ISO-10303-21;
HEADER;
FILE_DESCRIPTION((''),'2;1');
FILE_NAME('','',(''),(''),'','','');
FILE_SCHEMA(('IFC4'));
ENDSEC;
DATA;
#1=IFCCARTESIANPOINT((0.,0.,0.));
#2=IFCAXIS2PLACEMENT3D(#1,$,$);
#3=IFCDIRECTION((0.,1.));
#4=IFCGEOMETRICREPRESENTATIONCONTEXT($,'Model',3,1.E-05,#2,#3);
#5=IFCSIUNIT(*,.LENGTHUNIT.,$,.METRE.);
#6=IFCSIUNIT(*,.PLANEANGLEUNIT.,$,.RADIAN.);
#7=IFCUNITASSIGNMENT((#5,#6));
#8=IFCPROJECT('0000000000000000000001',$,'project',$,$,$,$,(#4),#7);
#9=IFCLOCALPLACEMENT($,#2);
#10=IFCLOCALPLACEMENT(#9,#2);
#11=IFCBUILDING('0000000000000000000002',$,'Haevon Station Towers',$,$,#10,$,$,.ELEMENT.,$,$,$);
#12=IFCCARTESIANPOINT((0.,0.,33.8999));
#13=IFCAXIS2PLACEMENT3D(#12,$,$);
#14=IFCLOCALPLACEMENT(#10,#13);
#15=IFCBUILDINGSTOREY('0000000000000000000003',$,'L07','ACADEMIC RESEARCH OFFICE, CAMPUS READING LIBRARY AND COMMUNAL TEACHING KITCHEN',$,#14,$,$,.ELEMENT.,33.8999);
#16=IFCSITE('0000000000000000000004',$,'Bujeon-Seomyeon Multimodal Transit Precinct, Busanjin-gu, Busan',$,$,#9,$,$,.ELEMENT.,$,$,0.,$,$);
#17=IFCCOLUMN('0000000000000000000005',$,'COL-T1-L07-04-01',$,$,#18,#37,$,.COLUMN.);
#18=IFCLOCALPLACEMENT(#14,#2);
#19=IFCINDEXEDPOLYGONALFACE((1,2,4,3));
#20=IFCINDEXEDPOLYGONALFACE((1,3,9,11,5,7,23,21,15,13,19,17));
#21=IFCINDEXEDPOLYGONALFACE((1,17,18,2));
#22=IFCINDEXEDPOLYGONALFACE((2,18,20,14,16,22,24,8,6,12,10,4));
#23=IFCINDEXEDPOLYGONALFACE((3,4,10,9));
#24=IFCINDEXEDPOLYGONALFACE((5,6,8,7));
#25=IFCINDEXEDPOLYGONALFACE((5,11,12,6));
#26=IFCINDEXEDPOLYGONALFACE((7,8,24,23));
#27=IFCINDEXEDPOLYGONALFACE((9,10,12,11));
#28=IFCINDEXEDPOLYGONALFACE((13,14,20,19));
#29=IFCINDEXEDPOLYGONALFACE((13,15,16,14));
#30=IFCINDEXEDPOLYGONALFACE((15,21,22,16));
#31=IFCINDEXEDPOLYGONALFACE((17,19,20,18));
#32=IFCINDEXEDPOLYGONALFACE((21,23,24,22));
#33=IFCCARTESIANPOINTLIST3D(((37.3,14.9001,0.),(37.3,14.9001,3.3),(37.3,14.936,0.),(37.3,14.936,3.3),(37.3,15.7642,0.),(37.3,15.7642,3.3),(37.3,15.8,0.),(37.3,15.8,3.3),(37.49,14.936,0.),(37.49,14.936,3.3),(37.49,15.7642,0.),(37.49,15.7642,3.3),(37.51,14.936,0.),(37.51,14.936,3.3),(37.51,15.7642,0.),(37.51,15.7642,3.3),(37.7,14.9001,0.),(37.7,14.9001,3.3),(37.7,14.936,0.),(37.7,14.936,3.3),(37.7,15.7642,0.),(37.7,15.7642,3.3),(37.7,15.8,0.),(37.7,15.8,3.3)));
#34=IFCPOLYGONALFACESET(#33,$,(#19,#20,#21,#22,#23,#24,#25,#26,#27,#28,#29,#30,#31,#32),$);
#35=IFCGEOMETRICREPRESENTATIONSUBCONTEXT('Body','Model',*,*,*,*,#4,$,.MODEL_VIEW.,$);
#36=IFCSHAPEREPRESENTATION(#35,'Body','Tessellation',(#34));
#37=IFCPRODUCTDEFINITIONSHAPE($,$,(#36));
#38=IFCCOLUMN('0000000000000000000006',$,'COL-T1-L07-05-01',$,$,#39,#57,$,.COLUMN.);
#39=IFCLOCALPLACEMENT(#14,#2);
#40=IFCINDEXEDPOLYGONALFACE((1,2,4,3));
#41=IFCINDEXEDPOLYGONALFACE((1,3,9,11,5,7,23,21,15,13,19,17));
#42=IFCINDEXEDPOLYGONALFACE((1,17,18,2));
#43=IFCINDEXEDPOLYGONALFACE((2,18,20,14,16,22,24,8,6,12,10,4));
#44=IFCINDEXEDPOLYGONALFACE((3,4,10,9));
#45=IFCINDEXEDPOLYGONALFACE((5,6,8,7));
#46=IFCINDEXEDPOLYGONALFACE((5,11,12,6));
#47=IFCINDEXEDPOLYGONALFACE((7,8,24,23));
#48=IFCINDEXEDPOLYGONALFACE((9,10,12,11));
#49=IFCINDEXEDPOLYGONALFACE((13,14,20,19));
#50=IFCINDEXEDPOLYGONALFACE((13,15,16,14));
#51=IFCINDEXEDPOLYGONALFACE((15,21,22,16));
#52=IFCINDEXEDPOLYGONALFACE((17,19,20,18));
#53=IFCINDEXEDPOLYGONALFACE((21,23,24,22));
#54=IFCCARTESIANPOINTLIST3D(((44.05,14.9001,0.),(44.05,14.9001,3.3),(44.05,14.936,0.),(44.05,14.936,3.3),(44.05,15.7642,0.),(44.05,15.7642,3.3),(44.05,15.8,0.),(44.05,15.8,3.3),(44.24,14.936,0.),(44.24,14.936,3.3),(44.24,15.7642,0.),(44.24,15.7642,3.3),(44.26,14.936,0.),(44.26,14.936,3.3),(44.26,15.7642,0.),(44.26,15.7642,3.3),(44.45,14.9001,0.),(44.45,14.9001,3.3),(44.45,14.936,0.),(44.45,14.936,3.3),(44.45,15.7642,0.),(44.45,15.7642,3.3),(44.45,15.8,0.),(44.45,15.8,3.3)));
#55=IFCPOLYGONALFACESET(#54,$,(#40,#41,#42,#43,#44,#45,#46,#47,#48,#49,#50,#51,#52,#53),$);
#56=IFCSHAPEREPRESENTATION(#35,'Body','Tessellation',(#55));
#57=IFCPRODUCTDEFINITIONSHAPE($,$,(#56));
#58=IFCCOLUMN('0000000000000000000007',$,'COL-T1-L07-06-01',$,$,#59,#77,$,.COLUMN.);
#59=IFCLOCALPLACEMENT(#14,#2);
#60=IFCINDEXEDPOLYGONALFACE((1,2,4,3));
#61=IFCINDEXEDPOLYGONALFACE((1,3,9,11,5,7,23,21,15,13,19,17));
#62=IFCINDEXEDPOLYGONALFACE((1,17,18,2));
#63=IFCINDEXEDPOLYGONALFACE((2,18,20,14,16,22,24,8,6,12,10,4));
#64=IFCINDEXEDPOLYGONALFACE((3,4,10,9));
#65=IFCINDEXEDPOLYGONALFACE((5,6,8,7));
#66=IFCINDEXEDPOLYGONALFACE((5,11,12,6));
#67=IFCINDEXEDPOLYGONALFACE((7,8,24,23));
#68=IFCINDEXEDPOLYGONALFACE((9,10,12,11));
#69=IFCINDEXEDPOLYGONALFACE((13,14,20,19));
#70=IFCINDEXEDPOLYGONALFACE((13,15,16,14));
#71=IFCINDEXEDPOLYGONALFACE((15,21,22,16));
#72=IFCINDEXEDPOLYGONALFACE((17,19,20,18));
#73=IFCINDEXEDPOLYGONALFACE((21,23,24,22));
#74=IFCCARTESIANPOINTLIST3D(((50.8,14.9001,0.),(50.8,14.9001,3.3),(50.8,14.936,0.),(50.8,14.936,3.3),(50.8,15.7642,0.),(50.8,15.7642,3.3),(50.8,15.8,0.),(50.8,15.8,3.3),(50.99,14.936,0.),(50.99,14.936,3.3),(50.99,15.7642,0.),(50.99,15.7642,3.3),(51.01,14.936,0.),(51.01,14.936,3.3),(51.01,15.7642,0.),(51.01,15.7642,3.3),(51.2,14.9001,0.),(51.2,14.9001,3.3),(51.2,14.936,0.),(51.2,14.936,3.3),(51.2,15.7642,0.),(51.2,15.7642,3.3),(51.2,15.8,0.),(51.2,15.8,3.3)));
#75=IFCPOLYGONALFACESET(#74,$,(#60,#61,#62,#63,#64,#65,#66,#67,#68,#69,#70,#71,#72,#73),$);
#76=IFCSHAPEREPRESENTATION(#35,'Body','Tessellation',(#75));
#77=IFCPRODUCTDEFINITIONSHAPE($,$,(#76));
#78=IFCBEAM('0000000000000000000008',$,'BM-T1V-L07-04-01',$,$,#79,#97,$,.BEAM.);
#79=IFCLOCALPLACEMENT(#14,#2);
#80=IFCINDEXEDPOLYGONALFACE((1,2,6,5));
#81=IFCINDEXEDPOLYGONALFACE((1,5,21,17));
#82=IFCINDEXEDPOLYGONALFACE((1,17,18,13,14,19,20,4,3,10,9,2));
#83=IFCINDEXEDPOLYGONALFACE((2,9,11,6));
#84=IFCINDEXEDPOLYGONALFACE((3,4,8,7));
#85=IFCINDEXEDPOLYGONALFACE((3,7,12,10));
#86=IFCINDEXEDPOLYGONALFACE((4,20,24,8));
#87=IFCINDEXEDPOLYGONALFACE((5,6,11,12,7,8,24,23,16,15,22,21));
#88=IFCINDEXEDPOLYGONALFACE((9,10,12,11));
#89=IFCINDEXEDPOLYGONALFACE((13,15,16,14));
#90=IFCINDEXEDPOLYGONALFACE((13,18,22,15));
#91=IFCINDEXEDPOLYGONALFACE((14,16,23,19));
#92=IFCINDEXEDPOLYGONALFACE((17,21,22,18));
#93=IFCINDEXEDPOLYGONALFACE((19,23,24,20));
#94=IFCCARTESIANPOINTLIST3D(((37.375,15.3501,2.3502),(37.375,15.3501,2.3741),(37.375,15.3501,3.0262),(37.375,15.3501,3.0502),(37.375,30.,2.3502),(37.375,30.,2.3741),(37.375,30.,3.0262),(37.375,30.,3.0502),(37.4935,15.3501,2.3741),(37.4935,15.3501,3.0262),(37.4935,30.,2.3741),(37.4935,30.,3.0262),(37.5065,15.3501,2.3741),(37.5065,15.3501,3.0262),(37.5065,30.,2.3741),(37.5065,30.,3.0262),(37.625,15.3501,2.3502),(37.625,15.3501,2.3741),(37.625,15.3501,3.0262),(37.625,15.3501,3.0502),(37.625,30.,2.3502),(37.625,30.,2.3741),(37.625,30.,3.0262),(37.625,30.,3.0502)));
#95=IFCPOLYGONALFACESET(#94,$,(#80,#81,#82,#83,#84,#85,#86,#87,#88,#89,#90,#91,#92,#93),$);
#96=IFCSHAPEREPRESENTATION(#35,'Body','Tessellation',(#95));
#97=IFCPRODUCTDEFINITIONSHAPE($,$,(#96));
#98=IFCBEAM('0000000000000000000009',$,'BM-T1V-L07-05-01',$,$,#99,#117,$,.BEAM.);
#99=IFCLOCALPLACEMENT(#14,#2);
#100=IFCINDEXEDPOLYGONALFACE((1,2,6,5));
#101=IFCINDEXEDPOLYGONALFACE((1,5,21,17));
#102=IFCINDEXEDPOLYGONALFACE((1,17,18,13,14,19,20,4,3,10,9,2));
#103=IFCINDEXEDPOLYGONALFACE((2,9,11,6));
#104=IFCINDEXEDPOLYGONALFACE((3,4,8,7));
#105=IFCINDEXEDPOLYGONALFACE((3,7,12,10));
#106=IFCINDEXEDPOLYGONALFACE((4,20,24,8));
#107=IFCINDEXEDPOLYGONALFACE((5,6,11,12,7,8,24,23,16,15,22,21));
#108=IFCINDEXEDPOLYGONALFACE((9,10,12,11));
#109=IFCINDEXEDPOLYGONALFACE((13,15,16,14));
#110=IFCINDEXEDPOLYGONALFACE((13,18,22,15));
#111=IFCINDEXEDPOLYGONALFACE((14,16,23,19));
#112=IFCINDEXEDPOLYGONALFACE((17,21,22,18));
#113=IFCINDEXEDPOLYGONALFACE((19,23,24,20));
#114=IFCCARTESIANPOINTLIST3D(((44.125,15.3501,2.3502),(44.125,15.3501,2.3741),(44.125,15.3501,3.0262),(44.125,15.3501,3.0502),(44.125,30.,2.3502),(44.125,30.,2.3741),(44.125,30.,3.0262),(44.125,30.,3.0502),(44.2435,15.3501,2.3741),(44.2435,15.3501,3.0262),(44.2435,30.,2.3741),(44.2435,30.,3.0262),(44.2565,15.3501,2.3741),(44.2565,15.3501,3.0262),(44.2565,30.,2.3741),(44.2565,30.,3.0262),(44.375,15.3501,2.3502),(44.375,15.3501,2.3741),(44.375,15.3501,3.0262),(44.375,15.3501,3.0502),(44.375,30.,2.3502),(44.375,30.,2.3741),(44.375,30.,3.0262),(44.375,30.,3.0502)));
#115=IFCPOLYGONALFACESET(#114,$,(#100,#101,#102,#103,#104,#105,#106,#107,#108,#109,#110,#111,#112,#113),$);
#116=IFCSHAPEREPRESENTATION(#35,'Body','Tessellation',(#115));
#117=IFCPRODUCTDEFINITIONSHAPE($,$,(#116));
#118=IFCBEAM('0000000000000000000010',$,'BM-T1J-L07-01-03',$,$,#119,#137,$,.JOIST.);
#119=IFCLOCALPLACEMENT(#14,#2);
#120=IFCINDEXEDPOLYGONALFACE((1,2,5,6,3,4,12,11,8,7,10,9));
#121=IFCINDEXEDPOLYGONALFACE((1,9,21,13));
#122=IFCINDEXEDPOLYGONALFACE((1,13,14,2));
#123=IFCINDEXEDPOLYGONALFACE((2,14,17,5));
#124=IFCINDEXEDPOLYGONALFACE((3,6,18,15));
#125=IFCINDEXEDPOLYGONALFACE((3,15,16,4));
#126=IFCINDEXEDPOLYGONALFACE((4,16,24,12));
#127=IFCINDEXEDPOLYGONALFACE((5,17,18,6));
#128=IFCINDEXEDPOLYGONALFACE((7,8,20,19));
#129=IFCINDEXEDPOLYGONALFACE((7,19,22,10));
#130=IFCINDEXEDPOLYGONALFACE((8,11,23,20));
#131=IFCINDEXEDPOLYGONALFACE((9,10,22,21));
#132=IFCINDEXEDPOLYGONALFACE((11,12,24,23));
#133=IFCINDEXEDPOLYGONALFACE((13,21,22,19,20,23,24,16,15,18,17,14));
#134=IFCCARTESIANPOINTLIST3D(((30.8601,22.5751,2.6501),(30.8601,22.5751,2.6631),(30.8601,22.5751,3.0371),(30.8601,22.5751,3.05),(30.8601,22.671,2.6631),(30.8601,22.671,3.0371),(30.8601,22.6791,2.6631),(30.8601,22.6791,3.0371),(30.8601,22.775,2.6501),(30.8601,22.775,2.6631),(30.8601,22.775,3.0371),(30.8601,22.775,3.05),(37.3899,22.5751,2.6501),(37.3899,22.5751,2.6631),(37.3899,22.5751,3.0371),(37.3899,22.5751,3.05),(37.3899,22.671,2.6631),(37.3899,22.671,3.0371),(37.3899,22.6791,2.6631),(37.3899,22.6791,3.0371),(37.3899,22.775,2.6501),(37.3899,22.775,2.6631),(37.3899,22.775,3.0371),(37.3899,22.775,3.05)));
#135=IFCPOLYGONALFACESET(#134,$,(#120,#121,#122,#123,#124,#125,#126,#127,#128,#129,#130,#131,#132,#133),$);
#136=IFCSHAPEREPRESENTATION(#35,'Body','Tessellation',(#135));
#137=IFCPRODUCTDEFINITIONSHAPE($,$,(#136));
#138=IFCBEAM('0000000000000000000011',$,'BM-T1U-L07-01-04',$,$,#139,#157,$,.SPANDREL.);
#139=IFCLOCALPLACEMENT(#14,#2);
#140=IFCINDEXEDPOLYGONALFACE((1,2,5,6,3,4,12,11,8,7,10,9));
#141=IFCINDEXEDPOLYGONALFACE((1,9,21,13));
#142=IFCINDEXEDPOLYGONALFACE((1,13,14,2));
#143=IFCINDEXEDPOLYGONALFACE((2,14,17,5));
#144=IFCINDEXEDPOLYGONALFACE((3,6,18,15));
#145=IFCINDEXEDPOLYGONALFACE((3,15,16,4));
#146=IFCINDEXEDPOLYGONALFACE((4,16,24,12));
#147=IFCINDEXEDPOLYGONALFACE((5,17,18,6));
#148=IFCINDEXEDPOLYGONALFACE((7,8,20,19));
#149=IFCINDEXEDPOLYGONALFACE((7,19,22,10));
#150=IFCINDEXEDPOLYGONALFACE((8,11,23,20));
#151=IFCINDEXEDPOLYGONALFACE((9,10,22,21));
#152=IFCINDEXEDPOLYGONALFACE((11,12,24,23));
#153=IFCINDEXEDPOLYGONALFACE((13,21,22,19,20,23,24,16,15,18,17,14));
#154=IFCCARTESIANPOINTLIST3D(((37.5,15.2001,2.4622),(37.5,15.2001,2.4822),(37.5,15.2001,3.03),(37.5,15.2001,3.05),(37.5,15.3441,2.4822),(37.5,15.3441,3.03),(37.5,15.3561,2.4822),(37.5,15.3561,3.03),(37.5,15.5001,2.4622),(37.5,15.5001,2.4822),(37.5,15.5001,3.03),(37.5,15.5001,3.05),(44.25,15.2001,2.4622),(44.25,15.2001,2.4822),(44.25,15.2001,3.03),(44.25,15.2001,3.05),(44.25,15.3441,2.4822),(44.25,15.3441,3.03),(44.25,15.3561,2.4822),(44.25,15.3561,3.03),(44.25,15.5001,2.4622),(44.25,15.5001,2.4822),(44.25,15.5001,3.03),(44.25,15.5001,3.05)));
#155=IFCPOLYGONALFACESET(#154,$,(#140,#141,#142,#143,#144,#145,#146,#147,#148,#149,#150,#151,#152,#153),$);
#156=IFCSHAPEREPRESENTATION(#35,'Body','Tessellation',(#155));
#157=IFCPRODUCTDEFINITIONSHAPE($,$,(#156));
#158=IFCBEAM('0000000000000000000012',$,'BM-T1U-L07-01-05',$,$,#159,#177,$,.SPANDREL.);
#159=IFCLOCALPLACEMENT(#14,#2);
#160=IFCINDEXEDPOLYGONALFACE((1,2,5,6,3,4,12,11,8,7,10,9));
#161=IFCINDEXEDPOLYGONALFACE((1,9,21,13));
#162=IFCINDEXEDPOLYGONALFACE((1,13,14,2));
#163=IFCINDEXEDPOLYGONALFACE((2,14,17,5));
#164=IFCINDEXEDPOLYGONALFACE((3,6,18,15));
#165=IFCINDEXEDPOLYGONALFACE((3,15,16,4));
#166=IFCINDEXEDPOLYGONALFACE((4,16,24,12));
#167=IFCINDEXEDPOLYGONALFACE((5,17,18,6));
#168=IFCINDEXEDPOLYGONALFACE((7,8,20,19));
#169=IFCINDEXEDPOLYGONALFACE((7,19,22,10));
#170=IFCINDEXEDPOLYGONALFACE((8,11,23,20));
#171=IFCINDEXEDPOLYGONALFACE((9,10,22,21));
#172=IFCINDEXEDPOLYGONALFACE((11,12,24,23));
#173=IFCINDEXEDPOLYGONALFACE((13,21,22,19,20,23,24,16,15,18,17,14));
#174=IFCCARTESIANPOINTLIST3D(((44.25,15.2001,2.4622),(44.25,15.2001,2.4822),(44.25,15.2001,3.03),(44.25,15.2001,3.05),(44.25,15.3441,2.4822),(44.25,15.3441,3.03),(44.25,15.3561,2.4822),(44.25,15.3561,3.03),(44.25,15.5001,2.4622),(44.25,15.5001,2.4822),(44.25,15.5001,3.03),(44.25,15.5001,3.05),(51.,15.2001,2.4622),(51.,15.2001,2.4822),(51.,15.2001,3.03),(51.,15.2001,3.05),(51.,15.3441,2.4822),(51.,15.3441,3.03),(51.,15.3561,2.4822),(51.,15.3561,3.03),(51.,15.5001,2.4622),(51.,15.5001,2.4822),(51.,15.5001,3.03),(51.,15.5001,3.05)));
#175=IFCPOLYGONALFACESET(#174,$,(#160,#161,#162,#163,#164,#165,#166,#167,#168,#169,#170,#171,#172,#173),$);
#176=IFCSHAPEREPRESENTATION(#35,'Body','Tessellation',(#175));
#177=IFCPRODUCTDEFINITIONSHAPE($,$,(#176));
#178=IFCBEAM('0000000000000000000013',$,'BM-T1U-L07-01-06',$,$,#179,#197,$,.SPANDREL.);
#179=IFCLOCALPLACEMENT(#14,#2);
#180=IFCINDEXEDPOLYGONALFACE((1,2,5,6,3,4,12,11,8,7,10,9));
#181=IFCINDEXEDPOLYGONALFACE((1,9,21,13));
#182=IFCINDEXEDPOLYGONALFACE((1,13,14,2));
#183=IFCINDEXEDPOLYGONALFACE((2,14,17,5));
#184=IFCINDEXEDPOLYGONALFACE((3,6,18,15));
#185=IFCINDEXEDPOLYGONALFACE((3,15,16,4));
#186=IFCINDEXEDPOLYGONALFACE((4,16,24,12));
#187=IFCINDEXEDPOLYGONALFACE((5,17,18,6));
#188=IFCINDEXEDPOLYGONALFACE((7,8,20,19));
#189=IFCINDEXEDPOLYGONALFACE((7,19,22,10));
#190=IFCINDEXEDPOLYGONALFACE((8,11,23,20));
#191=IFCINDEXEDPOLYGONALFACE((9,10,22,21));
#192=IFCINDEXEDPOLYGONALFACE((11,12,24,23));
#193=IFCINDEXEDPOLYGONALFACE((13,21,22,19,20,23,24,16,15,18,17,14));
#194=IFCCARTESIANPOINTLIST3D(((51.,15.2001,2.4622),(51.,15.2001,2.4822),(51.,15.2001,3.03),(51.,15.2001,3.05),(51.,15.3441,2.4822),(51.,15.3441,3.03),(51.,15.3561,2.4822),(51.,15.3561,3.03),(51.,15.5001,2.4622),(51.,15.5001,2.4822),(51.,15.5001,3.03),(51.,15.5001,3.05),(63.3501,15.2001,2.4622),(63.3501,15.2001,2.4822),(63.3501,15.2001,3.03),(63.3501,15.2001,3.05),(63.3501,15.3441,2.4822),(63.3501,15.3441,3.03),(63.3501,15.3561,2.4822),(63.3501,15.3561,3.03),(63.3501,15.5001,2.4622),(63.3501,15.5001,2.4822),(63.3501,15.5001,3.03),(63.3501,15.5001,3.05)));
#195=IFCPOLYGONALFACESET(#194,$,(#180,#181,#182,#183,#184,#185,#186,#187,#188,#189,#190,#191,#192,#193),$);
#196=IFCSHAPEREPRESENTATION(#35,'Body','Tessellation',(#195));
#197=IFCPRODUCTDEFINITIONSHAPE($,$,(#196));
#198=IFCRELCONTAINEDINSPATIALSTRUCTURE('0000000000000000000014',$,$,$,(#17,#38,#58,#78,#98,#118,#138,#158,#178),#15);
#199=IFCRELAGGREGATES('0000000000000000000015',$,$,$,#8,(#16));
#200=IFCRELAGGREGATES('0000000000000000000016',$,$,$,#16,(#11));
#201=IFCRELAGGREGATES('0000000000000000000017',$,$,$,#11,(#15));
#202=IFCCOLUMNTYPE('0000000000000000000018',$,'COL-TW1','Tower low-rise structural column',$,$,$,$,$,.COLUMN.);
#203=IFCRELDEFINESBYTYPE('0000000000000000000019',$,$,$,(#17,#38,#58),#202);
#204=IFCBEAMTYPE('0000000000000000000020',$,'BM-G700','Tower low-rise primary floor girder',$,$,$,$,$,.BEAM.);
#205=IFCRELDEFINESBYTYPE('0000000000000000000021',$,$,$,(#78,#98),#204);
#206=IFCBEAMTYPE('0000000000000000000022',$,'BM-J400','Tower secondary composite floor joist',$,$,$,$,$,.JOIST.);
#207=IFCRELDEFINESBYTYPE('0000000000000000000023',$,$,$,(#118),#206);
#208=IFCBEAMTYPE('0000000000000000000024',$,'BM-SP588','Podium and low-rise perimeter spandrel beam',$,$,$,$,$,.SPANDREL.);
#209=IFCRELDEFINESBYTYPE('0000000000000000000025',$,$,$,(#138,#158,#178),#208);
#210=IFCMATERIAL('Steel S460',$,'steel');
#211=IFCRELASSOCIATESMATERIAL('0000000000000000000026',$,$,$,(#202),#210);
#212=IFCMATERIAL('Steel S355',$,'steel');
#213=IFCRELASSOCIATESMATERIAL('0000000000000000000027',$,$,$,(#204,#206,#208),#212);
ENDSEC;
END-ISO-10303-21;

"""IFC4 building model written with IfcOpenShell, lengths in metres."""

from ifc_helpers import new_model, si_unit, direction, frame, origin, origin_2d, place, context, subcontext, project, spatial, i_section, extrude, material, material_profile, profile_set, type_object, element, save


model = new_model("IFC4")

# Units and contexts
model_context = context("Model", 3, precision=1e-05, world=origin(), true_north=direction((0.0, 1.0)))
body_context = subcontext(model_context, "Body", "Model", "MODEL_VIEW")
ifc_project = project(units=[si_unit("LENGTHUNIT", "METRE"), si_unit("PLANEANGLEUNIT", "RADIAN")], contexts=[model_context])

# Site, building, storey
site_placement = place(None, origin())
site = spatial("IfcSite", under=ifc_project, at=site_placement, Name="Bujeon-Seomyeon Multimodal Transit Precinct, Busanjin-gu, Busan", CompositionType="ELEMENT", RefElevation=0.0)
building_placement = place(site_placement, origin())
building = spatial("IfcBuilding", under=site, at=building_placement, Name="Haevon Station Towers", CompositionType="ELEMENT")
storey_placement = place(building_placement, frame((0.0, 0.0, 33.8999)))
storey = spatial("IfcBuildingStorey", under=building, at=storey_placement, Name="L07", Description="ACADEMIC RESEARCH OFFICE, CAMPUS READING LIBRARY AND COMMUNAL TEACHING KITCHEN", CompositionType="ELEMENT", Elevation=33.8999)

# Columns
ifc_material_1 = material(Name="Steel S460", Category="steel")
ifc_material_profile_1 = material_profile(ifc_material_1, i_section(OverallWidth=0.3999, OverallDepth=0.8999, WebThickness=0.02, FlangeThickness=0.0359, at=origin_2d()), Name="H-900x400x20x36")
ifc_profile_set_1 = profile_set([ifc_material_profile_1], Name="Steel S460")
column_type = type_object("IfcColumnType", Name="COL-TW1", Description="Tower low-rise structural column", PredefinedType="COLUMN", material=ifc_profile_set_1)
for number, where, z_axis, x_axis, name in (
    (1, (37.5, 15.3501, 0.0), (0.0, 0.0, 1.0), (1.0, 0.0, 0.0), "COL-T1-L07-04-01"),
    (2, (44.25, 15.3501, 0.0), (0.0, 0.0, 1.0), (1.0, 0.0, 0.0), "COL-T1-L07-05-01"),
    (3, (51.0, 15.3501, 0.0), (0.0, 0.0, 1.0), (1.0, 0.0, 0.0), "COL-T1-L07-06-01"),
):
    element("IfcColumn", number, at=place(storey_placement, frame(where, z_axis=z_axis, x_axis=x_axis)), inside=storey, type_object=column_type, Name=name, PredefinedType="COLUMN", context=body_context, shape_type="SweptSolid", body=[
        extrude(i_section(OverallWidth=0.3999, OverallDepth=0.8999, WebThickness=0.02, FlangeThickness=0.0359, at=origin_2d()), origin(), (0.0, 0.0, 1.0), 3.3),
    ])

# Beams
ifc_material_2 = material(Name="Steel S355", Category="steel")
ifc_material_profile_2 = material_profile(ifc_material_2, i_section(OverallWidth=0.25, OverallDepth=0.7, WebThickness=0.0129, FlangeThickness=0.0239, at=origin_2d()), Name="H-700x250x13x24")
ifc_profile_set_2 = profile_set([ifc_material_profile_2], Name="Steel S355")
beam_type_1 = type_object("IfcBeamType", Name="BM-G700", Description="Tower low-rise primary floor girder", PredefinedType="BEAM", material=ifc_profile_set_2)
for number, where, z_axis, x_axis, name in (
    (4, (37.5, 15.3501, 2.7002), (0.0, 1.0, 0.0), (-1.0, 0.0, 0.0), "BM-T1V-L07-04-01"),
    (5, (44.25, 15.3501, 2.7002), (0.0, 1.0, 0.0), (-1.0, 0.0, 0.0), "BM-T1V-L07-05-01"),
):
    element("IfcBeam", number, at=place(storey_placement, frame(where, z_axis=z_axis, x_axis=x_axis)), inside=storey, type_object=beam_type_1, Name=name, PredefinedType="BEAM", context=body_context, shape_type="SweptSolid", body=[
        extrude(i_section(OverallWidth=0.25, OverallDepth=0.7, WebThickness=0.0129, FlangeThickness=0.0239, at=origin_2d()), origin(), (0.0, 0.0, 1.0), 14.6499),
    ])
ifc_material_profile_3 = material_profile(ifc_material_2, i_section(OverallWidth=0.2, OverallDepth=0.3999, WebThickness=0.0081, FlangeThickness=0.0129, at=origin_2d()), Name="H-400x200x8x13")
ifc_profile_set_3 = profile_set([ifc_material_profile_3], Name="Steel S355")
beam_type_2 = type_object("IfcBeamType", Name="BM-J400", Description="Tower secondary composite floor joist", PredefinedType="JOIST", material=ifc_profile_set_3)
beam_1_placement = place(storey_placement, frame((30.8601, 22.675, 2.8501), z_axis=(1.0, 0.0, 0.0), x_axis=(0.0, 1.0, 0.0)))
element("IfcBeam", 6, at=beam_1_placement, inside=storey, type_object=beam_type_2, Name="BM-T1J-L07-01-03", PredefinedType="JOIST", context=body_context, shape_type="SweptSolid", body=[
    extrude(i_section(OverallWidth=0.2, OverallDepth=0.3999, WebThickness=0.0081, FlangeThickness=0.0129, at=origin_2d()), origin(), (0.0, 0.0, 1.0), 6.5298),
])
ifc_material_profile_4 = material_profile(ifc_material_2, i_section(OverallWidth=0.3, OverallDepth=0.5879, WebThickness=0.012, FlangeThickness=0.02, at=origin_2d()), Name="H-588x300x12x20")
ifc_profile_set_4 = profile_set([ifc_material_profile_4], Name="Steel S355")
beam_type_3 = type_object("IfcBeamType", Name="BM-SP588", Description="Podium and low-rise perimeter spandrel beam", PredefinedType="SPANDREL", material=ifc_profile_set_4)
for number, where, z_axis, x_axis, name in (
    (7, (37.5, 15.3501, 2.7561), (1.0, 0.0, 0.0), (0.0, 1.0, 0.0), "BM-T1U-L07-01-04"),
    (8, (44.25, 15.3501, 2.7561), (1.0, 0.0, 0.0), (0.0, 1.0, 0.0), "BM-T1U-L07-01-05"),
):
    element("IfcBeam", number, at=place(storey_placement, frame(where, z_axis=z_axis, x_axis=x_axis)), inside=storey, type_object=beam_type_3, Name=name, PredefinedType="SPANDREL", context=body_context, shape_type="SweptSolid", body=[
        extrude(i_section(OverallWidth=0.3, OverallDepth=0.5879, WebThickness=0.012, FlangeThickness=0.02, at=origin_2d()), origin(), (0.0, 0.0, 1.0), 6.75),
    ])
beam_2_placement = place(storey_placement, frame((51.0, 15.3501, 2.7561), z_axis=(1.0, 0.0, 0.0), x_axis=(0.0, 1.0, 0.0)))
element("IfcBeam", 9, at=beam_2_placement, inside=storey, type_object=beam_type_3, Name="BM-T1U-L07-01-06", PredefinedType="SPANDREL", context=body_context, shape_type="SweptSolid", body=[
    extrude(i_section(OverallWidth=0.3, OverallDepth=0.5879, WebThickness=0.012, FlangeThickness=0.02, at=origin_2d()), origin(), (0.0, 0.0, 1.0), 12.3501),
])

save(model, "model.ifc")
